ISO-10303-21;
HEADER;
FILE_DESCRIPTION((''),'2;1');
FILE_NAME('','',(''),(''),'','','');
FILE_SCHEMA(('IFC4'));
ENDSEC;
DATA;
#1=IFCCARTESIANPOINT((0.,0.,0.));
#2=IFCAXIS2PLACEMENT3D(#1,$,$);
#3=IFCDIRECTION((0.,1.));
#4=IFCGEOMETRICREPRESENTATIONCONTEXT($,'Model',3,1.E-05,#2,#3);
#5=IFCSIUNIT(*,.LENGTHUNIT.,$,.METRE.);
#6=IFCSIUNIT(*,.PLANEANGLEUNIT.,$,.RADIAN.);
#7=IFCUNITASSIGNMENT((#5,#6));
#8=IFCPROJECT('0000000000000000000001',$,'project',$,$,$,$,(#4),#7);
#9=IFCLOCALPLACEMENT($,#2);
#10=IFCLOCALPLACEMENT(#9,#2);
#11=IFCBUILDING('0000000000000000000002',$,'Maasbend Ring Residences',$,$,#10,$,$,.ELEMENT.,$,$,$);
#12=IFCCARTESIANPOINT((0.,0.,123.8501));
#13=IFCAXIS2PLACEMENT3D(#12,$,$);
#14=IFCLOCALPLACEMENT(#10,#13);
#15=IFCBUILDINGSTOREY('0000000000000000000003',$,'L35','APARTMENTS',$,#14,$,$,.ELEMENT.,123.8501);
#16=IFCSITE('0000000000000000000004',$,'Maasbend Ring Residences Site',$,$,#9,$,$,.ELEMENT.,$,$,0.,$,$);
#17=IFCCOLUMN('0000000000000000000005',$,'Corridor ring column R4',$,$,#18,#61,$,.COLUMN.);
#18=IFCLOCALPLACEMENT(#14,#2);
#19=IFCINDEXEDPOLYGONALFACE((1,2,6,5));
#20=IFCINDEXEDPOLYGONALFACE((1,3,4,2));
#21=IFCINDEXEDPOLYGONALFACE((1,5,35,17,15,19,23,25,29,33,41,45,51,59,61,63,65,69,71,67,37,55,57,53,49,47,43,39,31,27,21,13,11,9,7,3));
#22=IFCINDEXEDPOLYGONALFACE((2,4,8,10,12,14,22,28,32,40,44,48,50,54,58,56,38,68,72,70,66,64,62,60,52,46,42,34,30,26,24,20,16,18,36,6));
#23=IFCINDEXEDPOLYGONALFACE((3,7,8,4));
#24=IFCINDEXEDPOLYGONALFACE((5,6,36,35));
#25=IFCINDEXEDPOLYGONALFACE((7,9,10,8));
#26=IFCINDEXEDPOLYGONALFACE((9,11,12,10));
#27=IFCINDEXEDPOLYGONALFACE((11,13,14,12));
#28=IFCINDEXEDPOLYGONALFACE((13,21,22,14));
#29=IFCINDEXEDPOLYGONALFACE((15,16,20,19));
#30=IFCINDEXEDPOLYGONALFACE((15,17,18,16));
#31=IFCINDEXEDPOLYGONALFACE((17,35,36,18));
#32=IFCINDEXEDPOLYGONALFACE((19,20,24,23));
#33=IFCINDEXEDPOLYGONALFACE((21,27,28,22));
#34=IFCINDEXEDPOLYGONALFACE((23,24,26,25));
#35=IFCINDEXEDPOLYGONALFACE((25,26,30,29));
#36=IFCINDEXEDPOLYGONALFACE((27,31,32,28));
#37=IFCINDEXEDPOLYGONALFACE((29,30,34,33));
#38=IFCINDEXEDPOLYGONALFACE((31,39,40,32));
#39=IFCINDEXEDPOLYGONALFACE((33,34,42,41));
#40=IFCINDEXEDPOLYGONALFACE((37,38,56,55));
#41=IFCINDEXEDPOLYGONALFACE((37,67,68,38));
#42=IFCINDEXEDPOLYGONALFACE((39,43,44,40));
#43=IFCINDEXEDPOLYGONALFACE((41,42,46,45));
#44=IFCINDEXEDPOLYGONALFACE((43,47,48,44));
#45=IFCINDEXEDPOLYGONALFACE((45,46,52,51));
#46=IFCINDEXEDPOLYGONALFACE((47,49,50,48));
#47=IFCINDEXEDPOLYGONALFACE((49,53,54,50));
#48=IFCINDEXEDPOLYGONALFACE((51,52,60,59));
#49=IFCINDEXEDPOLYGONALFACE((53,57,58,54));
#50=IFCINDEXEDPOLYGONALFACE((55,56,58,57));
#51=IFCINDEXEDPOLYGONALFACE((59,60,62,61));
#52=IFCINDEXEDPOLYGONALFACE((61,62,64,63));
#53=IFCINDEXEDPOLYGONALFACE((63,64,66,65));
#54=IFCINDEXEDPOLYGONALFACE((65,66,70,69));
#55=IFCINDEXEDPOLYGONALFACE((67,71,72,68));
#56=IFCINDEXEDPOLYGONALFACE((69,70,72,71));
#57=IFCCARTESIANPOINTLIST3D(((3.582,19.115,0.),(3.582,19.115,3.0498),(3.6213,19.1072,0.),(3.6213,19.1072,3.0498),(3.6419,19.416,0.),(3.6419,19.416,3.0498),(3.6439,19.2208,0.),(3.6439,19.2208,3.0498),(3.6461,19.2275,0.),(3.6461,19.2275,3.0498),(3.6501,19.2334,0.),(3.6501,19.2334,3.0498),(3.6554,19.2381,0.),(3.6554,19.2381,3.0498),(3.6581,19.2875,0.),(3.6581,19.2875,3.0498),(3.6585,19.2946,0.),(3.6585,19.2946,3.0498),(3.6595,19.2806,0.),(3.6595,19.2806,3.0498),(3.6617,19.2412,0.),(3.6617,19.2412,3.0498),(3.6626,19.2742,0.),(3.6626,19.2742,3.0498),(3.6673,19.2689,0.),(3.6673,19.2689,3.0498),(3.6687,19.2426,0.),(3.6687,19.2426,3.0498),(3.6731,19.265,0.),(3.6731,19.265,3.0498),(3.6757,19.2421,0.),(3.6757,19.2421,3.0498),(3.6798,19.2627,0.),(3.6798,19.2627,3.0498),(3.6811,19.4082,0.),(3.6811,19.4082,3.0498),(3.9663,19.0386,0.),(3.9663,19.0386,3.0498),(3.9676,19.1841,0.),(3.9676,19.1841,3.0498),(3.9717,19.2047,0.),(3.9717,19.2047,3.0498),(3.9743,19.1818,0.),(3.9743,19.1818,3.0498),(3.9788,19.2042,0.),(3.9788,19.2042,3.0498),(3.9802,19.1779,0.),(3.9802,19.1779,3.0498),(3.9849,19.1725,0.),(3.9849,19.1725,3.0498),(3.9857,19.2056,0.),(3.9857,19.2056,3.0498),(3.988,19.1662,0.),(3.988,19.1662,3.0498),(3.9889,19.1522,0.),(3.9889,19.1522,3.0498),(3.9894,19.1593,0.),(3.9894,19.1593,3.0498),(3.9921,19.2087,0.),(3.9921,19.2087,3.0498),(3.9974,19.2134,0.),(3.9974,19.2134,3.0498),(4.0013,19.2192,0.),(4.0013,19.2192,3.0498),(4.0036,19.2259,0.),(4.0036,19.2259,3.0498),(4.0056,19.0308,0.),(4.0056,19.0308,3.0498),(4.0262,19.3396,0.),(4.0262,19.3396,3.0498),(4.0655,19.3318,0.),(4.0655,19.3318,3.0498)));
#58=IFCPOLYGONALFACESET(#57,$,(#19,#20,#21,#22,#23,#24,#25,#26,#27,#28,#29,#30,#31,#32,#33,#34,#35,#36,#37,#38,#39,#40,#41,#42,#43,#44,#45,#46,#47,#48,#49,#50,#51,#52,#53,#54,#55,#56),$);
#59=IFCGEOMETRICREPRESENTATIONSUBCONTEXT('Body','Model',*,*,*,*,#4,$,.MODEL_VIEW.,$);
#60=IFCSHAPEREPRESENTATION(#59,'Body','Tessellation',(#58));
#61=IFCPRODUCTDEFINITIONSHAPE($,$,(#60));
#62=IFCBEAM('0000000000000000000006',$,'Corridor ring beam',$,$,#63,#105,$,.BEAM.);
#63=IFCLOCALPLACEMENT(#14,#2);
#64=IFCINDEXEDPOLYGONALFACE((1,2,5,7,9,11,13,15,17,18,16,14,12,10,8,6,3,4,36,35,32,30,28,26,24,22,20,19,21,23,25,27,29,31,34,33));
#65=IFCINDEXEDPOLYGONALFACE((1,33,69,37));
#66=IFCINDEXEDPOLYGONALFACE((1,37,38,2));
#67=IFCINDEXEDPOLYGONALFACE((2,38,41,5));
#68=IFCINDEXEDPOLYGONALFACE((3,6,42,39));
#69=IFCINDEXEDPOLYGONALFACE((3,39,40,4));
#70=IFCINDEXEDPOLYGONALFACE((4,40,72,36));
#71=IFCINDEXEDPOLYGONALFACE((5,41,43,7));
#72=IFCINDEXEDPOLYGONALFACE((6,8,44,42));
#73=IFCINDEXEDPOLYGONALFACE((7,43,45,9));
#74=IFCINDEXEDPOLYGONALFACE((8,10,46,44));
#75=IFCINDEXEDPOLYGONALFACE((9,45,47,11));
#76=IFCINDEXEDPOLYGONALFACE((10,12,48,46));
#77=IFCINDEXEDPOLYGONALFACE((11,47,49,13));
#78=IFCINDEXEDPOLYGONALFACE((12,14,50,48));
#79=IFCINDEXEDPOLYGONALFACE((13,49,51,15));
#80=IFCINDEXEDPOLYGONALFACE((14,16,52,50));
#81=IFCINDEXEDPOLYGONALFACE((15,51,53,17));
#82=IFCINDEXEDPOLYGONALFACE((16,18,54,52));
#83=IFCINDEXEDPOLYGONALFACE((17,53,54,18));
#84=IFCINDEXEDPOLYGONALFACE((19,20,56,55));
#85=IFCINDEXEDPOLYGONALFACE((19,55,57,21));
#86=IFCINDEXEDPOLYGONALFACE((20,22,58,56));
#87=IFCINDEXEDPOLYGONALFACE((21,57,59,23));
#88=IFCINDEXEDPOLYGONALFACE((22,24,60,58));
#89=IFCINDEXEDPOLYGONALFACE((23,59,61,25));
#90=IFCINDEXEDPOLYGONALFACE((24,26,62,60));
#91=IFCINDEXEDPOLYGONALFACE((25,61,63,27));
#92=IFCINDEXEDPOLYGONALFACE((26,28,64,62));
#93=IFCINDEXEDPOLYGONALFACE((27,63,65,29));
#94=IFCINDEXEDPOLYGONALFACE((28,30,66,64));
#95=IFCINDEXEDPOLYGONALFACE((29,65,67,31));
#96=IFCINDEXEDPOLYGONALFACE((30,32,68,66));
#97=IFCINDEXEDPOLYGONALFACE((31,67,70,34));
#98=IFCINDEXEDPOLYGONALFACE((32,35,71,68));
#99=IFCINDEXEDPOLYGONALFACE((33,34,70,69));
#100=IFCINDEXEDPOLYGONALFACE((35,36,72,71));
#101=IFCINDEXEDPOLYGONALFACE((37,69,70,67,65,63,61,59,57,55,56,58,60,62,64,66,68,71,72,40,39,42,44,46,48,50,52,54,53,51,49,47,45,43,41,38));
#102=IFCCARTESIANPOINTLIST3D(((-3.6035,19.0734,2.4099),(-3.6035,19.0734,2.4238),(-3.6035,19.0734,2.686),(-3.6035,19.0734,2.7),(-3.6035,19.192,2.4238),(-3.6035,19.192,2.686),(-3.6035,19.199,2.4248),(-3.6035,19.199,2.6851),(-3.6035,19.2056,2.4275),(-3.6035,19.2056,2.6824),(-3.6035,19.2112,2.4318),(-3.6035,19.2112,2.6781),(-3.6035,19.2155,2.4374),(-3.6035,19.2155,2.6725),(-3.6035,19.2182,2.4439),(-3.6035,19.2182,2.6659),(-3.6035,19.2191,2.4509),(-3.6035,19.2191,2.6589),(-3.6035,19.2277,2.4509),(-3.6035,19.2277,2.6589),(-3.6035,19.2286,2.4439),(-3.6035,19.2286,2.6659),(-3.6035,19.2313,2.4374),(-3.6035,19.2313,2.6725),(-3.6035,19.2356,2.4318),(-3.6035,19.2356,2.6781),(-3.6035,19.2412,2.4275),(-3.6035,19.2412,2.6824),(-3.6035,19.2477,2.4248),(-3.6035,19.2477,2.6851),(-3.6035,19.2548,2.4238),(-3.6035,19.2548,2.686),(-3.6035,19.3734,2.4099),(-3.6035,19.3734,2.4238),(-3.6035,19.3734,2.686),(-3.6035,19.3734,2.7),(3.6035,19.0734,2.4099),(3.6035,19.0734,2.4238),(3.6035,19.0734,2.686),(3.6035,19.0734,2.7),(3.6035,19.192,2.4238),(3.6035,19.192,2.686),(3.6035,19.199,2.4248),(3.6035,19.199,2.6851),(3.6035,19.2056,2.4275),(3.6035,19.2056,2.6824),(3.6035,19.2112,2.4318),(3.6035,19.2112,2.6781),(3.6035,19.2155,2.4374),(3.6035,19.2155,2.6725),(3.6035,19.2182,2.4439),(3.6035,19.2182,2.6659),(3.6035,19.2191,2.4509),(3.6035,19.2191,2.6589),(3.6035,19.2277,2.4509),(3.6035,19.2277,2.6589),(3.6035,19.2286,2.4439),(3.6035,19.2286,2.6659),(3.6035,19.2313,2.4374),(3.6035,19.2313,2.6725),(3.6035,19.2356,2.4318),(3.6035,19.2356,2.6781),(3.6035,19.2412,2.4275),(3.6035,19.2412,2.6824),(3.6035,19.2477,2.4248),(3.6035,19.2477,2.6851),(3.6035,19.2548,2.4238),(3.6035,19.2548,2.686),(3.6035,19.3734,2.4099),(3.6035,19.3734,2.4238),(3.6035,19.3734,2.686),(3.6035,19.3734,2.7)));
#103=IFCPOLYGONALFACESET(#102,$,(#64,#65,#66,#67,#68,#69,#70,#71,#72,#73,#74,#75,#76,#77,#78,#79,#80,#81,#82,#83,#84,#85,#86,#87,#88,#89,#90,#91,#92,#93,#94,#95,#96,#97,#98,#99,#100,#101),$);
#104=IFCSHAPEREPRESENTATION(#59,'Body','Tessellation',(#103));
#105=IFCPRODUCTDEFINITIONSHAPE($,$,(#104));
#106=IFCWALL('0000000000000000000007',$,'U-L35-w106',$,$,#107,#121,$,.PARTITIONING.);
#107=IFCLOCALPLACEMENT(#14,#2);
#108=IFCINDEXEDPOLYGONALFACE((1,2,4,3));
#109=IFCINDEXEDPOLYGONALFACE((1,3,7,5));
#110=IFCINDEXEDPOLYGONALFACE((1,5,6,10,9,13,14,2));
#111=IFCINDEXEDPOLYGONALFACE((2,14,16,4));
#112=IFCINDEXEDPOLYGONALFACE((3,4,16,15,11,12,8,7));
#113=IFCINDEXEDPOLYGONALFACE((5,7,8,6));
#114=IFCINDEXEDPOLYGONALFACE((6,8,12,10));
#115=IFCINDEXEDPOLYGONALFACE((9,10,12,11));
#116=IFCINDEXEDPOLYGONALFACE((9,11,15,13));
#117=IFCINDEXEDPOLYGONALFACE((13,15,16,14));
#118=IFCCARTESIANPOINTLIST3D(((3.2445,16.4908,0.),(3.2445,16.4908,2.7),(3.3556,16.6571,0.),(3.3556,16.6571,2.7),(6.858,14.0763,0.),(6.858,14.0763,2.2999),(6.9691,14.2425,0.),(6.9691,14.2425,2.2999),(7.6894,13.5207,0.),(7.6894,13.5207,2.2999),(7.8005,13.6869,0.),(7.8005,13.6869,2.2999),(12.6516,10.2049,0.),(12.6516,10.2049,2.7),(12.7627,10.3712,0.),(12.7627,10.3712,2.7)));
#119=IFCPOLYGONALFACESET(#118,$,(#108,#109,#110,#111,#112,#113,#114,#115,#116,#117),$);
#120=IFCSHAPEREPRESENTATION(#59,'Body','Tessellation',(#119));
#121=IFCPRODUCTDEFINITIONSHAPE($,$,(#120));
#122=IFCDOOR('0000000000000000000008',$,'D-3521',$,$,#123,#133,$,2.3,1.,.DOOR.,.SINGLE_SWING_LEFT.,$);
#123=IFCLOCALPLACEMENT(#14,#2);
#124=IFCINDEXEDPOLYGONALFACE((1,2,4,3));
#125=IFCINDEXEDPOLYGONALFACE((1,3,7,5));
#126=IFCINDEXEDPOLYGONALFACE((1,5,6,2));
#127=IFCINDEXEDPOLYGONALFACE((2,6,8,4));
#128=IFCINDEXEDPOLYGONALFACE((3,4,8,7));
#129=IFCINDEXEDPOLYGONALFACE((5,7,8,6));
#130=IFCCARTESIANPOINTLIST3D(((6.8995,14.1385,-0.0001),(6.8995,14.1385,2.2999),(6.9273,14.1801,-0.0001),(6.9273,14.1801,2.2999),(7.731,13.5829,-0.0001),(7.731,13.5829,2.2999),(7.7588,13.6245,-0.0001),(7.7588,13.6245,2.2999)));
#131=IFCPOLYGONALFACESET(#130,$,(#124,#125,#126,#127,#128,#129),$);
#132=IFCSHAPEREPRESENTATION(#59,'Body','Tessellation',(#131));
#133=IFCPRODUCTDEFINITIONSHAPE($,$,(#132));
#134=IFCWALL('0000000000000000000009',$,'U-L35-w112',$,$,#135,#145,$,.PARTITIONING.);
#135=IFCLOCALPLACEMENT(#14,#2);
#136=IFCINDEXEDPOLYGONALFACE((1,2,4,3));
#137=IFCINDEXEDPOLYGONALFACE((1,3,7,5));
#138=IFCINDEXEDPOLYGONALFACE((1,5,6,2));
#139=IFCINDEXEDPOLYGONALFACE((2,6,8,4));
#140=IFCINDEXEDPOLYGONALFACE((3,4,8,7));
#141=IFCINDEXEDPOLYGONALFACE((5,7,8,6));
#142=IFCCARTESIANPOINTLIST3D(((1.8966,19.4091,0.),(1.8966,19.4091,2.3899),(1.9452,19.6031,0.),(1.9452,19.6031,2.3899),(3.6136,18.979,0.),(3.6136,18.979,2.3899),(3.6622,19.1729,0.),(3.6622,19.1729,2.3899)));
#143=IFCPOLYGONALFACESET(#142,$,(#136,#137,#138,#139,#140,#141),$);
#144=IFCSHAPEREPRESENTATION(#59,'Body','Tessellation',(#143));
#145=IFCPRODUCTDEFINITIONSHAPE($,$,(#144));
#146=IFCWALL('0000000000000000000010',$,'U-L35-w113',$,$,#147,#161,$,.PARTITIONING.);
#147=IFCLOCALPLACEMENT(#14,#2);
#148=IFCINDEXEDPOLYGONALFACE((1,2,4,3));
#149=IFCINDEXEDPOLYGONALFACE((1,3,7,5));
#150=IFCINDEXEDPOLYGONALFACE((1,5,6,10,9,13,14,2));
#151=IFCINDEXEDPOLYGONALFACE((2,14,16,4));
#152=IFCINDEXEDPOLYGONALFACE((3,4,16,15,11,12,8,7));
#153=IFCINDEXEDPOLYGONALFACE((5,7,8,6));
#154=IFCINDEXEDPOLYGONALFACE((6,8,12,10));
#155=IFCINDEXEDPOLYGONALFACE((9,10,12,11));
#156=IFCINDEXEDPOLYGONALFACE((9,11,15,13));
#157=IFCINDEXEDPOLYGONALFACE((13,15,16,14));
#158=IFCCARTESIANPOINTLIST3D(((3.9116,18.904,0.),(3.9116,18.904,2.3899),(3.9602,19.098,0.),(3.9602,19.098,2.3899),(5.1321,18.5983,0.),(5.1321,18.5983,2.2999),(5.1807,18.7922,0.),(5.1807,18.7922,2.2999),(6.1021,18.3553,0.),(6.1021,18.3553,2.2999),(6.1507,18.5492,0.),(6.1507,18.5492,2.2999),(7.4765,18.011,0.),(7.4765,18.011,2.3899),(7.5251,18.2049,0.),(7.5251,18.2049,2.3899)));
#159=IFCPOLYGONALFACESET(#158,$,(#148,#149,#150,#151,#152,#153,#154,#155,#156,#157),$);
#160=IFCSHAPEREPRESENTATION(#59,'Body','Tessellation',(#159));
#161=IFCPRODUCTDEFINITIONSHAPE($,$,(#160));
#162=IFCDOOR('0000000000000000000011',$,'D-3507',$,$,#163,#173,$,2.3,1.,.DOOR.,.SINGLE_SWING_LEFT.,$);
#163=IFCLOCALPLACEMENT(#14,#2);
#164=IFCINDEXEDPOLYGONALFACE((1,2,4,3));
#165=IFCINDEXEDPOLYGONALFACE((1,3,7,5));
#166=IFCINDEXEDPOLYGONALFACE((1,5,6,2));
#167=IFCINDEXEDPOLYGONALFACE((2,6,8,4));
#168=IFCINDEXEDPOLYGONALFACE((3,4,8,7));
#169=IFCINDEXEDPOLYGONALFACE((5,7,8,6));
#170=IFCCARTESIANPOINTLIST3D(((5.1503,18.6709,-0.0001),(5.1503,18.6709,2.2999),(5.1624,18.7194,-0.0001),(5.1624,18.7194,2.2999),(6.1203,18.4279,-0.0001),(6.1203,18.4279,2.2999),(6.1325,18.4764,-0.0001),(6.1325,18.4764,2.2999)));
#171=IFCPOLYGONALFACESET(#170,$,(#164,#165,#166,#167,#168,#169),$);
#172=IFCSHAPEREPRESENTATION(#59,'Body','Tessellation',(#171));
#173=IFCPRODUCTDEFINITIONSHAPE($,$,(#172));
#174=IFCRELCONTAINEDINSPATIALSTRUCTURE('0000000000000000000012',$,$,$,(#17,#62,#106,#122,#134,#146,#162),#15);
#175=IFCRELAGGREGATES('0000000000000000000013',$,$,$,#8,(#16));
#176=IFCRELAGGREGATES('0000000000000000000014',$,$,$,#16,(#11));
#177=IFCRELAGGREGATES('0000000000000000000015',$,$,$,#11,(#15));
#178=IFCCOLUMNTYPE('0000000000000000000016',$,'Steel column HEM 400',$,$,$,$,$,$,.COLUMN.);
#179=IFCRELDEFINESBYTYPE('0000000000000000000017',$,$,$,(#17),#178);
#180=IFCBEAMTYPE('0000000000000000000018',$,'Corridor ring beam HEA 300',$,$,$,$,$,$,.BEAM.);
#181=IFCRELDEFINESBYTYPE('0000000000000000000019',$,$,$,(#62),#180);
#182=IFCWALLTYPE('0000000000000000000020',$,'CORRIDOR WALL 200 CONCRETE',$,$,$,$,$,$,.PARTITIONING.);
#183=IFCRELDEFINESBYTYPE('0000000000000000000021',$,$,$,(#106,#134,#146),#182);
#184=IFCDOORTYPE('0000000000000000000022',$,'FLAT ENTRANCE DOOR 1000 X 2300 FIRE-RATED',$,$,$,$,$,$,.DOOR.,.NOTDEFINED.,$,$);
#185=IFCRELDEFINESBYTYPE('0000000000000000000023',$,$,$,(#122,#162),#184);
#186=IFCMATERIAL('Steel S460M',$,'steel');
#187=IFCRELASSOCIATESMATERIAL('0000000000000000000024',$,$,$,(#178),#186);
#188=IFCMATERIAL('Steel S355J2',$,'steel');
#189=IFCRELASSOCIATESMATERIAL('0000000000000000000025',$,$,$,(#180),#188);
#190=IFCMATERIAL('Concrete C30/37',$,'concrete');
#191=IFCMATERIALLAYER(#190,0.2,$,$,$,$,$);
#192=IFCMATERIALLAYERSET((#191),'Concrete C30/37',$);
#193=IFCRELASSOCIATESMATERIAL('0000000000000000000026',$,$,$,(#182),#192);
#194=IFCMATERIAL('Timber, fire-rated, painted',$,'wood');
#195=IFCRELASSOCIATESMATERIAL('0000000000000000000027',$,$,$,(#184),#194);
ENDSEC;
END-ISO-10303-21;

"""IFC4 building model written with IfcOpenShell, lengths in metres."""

from ifc_helpers import new_model, si_unit, direction, frame, frame_2d, origin, origin_2d, place, context, subcontext, project, spatial, rectangle, i_section, extrude, material, layer, layer_set, material_profile, profile_set, type_object, element, fill, save


model = new_model("IFC4")

# Units and contexts
model_context = context("Model", 3, precision=1e-05, world=origin(), true_north=direction((0.0, 1.0)))
body_context = subcontext(model_context, "Body", "Model", "MODEL_VIEW")
ifc_project = project(units=[si_unit("LENGTHUNIT", "METRE"), si_unit("PLANEANGLEUNIT", "RADIAN")], contexts=[model_context])

# Site, building, storey
site_placement = place(None, origin())
site = spatial("IfcSite", under=ifc_project, at=site_placement, Name="Maasbend Ring Residences Site", CompositionType="ELEMENT", RefElevation=0.0)
building_placement = place(site_placement, origin())
building = spatial("IfcBuilding", under=site, at=building_placement, Name="Maasbend Ring Residences", CompositionType="ELEMENT")
storey_placement = place(building_placement, frame((0.0, 0.0, 123.8501)))
storey = spatial("IfcBuildingStorey", under=building, at=storey_placement, Name="L35", Description="APARTMENTS", CompositionType="ELEMENT", Elevation=123.8501)

# Column
ifc_material_1 = material(Name="Steel S460M", Category="steel")
ifc_material_profile_1 = material_profile(ifc_material_1, i_section(OverallWidth=0.3069, OverallDepth=0.4319, WebThickness=0.021, FlangeThickness=0.04, FilletRadius=0.0271, at=origin_2d()), Name="HEM 400")
ifc_profile_set_1 = profile_set([ifc_material_profile_1], Name="Steel S460M")
column_type = type_object("IfcColumnType", Name="Steel column HEM 400", PredefinedType="COLUMN", material=ifc_profile_set_1)
column_placement = place(storey_placement, frame((3.8237, 19.2234, 0.0), z_axis=(0.0, 0.0, 1.0), x_axis=(0.19509, 0.980785, 0.0)))
element("IfcColumn", 1, at=column_placement, inside=storey, type_object=column_type, Name="Corridor ring column R4", PredefinedType="COLUMN", context=body_context, shape_type="SweptSolid", body=[
    extrude(i_section(OverallWidth=0.3069, OverallDepth=0.4319, WebThickness=0.021, FlangeThickness=0.04, FilletRadius=0.0271, at=origin_2d()), origin(), (0.0, 0.0, 1.0), 3.0498),
])

# Beam
ifc_material_2 = material(Name="Steel S355J2", Category="steel")
ifc_material_profile_2 = material_profile(ifc_material_2, i_section(OverallWidth=0.3, OverallDepth=0.29, WebThickness=0.0085, FlangeThickness=0.0139, FilletRadius=0.0271, at=origin_2d()), Name="HEA 300")
ifc_profile_set_2 = profile_set([ifc_material_profile_2], Name="Steel S355J2")
beam_type = type_object("IfcBeamType", Name="Corridor ring beam HEA 300", PredefinedType="BEAM", material=ifc_profile_set_2)
beam_placement = place(storey_placement, frame((3.6035, 19.2234, 2.5549), z_axis=(-1.0, 0.0, 0.0), x_axis=(0.0, -1.0, 0.0)))
element("IfcBeam", 2, at=beam_placement, inside=storey, type_object=beam_type, Name="Corridor ring beam", PredefinedType="BEAM", context=body_context, shape_type="SweptSolid", body=[
    extrude(i_section(OverallWidth=0.3, OverallDepth=0.29, WebThickness=0.0085, FlangeThickness=0.0139, FilletRadius=0.0271, at=origin_2d()), origin(), (0.0, 0.0, 1.0), 7.207),
])

# Wall, opening, door
ifc_material_3 = material(Name="Concrete C30/37", Category="concrete")
ifc_layer_1 = layer(ifc_material_3, 0.2)
ifc_layer_set_1 = layer_set([ifc_layer_1], Name="Concrete C30/37")
wall_type_1 = type_object("IfcWallType", Name="CORRIDOR WALL 200 CONCRETE", PredefinedType="PARTITIONING", material=ifc_layer_set_1)
wall_1_placement = place(storey_placement, frame((3.3, 16.574, 0.0), z_axis=(0.0, 0.0, 1.0), x_axis=(0.831456, -0.555591, 0.0)))
wall_1 = element("IfcWall", 3, at=wall_1_placement, inside=storey, type_object=wall_type_1, Name="U-L35-w106", PredefinedType="PARTITIONING", context=body_context, shape_type="SweptSolid", body=[
    extrude(rectangle(XDim=11.314, YDim=0.2, at=frame_2d((5.657, 0.0))), origin(), (0.0, 0.0, 1.0), 2.7),
])
opening_1_placement = place(wall_1_placement, frame((4.3459, 0.0, 0.0)))
opening_1 = element("IfcOpeningElement", 4, at=opening_1_placement, cuts=wall_1, PredefinedType="OPENING", context=body_context, shape_type="SweptSolid", body=[
    extrude(rectangle(XDim=1.0, YDim=2.3, at=frame_2d((0.5, 1.1499))), frame((0.0, 0.1099, 0.0), z_axis=(0.0, -1.0, 0.0), x_axis=(1.0, 0.0, 0.0)), (0.0, 0.0, 1.0), 0.22),
])
ifc_material_4 = material(Name="Timber, fire-rated, painted", Category="wood")
door_type_1 = type_object("IfcDoorType", Name="FLAT ENTRANCE DOOR 1000 X 2300 FIRE-RATED", OperationType="NOTDEFINED", PredefinedType="DOOR", material=ifc_material_4)
door_1_placement = place(opening_1_placement, origin())
door_1 = element("IfcDoor", 5, at=door_1_placement, inside=storey, type_object=door_type_1, Name="D-3521", OperationType="SINGLE_SWING_LEFT", OverallHeight=2.3, OverallWidth=1.0, PredefinedType="DOOR", context=body_context, shape_type="SweptSolid", body=[
    extrude(rectangle(XDim=1.0, YDim=2.3, at=frame_2d((0.5, 1.1499))), frame((0.0, 0.0249, 0.0), z_axis=(0.0, -1.0, 0.0), x_axis=(1.0, 0.0, 0.0)), (0.0, 0.0, 1.0), 0.05),
])
fill(opening_1, door_1)

# Wall
wall_2_placement = place(storey_placement, frame((1.9209, 19.5061, 0.0), z_axis=(0.0, 0.0, 1.0), x_axis=(0.970021, -0.243022, 0.0)))
element("IfcWall", 6, at=wall_2_placement, inside=storey, type_object=wall_type_1, Name="U-L35-w112", PredefinedType="PARTITIONING", context=body_context, shape_type="SweptSolid", body=[
    extrude(rectangle(XDim=1.77, YDim=0.2, at=frame_2d((0.885, 0.0))), origin(), (0.0, 0.0, 1.0), 2.3899),
])

# Wall, opening, door
wall_3_placement = place(storey_placement, frame((3.936, 19.001, 0.0), z_axis=(0.0, 0.0, 1.0), x_axis=(0.970025, -0.243005, 0.0)))
wall_3 = element("IfcWall", 7, at=wall_3_placement, inside=storey, type_object=wall_type_1, Name="U-L35-w113", PredefinedType="PARTITIONING", context=body_context, shape_type="SweptSolid", body=[
    extrude(rectangle(XDim=3.675, YDim=0.2, at=frame_2d((1.8374, 0.0))), origin(), (0.0, 0.0, 1.0), 2.3899),
])
opening_2_placement = place(wall_3_placement, frame((1.2581, 0.0, 0.0)))
opening_2 = element("IfcOpeningElement", 8, at=opening_2_placement, cuts=wall_3, PredefinedType="OPENING", context=body_context, shape_type="SweptSolid", body=[
    extrude(rectangle(XDim=1.0, YDim=2.3, at=frame_2d((0.5, 1.1499))), frame((0.0, 0.1099, 0.0), z_axis=(0.0, -1.0, 0.0), x_axis=(1.0, 0.0, 0.0)), (0.0, 0.0, 1.0), 0.22),
])
door_2_placement = place(opening_2_placement, origin())
door_2 = element("IfcDoor", 9, at=door_2_placement, inside=storey, type_object=door_type_1, Name="D-3507", OperationType="SINGLE_SWING_LEFT", OverallHeight=2.3, OverallWidth=1.0, PredefinedType="DOOR", context=body_context, shape_type="SweptSolid", body=[
    extrude(rectangle(XDim=1.0, YDim=2.3, at=frame_2d((0.5, 1.1499))), frame((0.0, 0.0249, 0.0), z_axis=(0.0, -1.0, 0.0), x_axis=(1.0, 0.0, 0.0)), (0.0, 0.0, 1.0), 0.05),
])
fill(opening_2, door_2)

save(model, "model.ifc")
